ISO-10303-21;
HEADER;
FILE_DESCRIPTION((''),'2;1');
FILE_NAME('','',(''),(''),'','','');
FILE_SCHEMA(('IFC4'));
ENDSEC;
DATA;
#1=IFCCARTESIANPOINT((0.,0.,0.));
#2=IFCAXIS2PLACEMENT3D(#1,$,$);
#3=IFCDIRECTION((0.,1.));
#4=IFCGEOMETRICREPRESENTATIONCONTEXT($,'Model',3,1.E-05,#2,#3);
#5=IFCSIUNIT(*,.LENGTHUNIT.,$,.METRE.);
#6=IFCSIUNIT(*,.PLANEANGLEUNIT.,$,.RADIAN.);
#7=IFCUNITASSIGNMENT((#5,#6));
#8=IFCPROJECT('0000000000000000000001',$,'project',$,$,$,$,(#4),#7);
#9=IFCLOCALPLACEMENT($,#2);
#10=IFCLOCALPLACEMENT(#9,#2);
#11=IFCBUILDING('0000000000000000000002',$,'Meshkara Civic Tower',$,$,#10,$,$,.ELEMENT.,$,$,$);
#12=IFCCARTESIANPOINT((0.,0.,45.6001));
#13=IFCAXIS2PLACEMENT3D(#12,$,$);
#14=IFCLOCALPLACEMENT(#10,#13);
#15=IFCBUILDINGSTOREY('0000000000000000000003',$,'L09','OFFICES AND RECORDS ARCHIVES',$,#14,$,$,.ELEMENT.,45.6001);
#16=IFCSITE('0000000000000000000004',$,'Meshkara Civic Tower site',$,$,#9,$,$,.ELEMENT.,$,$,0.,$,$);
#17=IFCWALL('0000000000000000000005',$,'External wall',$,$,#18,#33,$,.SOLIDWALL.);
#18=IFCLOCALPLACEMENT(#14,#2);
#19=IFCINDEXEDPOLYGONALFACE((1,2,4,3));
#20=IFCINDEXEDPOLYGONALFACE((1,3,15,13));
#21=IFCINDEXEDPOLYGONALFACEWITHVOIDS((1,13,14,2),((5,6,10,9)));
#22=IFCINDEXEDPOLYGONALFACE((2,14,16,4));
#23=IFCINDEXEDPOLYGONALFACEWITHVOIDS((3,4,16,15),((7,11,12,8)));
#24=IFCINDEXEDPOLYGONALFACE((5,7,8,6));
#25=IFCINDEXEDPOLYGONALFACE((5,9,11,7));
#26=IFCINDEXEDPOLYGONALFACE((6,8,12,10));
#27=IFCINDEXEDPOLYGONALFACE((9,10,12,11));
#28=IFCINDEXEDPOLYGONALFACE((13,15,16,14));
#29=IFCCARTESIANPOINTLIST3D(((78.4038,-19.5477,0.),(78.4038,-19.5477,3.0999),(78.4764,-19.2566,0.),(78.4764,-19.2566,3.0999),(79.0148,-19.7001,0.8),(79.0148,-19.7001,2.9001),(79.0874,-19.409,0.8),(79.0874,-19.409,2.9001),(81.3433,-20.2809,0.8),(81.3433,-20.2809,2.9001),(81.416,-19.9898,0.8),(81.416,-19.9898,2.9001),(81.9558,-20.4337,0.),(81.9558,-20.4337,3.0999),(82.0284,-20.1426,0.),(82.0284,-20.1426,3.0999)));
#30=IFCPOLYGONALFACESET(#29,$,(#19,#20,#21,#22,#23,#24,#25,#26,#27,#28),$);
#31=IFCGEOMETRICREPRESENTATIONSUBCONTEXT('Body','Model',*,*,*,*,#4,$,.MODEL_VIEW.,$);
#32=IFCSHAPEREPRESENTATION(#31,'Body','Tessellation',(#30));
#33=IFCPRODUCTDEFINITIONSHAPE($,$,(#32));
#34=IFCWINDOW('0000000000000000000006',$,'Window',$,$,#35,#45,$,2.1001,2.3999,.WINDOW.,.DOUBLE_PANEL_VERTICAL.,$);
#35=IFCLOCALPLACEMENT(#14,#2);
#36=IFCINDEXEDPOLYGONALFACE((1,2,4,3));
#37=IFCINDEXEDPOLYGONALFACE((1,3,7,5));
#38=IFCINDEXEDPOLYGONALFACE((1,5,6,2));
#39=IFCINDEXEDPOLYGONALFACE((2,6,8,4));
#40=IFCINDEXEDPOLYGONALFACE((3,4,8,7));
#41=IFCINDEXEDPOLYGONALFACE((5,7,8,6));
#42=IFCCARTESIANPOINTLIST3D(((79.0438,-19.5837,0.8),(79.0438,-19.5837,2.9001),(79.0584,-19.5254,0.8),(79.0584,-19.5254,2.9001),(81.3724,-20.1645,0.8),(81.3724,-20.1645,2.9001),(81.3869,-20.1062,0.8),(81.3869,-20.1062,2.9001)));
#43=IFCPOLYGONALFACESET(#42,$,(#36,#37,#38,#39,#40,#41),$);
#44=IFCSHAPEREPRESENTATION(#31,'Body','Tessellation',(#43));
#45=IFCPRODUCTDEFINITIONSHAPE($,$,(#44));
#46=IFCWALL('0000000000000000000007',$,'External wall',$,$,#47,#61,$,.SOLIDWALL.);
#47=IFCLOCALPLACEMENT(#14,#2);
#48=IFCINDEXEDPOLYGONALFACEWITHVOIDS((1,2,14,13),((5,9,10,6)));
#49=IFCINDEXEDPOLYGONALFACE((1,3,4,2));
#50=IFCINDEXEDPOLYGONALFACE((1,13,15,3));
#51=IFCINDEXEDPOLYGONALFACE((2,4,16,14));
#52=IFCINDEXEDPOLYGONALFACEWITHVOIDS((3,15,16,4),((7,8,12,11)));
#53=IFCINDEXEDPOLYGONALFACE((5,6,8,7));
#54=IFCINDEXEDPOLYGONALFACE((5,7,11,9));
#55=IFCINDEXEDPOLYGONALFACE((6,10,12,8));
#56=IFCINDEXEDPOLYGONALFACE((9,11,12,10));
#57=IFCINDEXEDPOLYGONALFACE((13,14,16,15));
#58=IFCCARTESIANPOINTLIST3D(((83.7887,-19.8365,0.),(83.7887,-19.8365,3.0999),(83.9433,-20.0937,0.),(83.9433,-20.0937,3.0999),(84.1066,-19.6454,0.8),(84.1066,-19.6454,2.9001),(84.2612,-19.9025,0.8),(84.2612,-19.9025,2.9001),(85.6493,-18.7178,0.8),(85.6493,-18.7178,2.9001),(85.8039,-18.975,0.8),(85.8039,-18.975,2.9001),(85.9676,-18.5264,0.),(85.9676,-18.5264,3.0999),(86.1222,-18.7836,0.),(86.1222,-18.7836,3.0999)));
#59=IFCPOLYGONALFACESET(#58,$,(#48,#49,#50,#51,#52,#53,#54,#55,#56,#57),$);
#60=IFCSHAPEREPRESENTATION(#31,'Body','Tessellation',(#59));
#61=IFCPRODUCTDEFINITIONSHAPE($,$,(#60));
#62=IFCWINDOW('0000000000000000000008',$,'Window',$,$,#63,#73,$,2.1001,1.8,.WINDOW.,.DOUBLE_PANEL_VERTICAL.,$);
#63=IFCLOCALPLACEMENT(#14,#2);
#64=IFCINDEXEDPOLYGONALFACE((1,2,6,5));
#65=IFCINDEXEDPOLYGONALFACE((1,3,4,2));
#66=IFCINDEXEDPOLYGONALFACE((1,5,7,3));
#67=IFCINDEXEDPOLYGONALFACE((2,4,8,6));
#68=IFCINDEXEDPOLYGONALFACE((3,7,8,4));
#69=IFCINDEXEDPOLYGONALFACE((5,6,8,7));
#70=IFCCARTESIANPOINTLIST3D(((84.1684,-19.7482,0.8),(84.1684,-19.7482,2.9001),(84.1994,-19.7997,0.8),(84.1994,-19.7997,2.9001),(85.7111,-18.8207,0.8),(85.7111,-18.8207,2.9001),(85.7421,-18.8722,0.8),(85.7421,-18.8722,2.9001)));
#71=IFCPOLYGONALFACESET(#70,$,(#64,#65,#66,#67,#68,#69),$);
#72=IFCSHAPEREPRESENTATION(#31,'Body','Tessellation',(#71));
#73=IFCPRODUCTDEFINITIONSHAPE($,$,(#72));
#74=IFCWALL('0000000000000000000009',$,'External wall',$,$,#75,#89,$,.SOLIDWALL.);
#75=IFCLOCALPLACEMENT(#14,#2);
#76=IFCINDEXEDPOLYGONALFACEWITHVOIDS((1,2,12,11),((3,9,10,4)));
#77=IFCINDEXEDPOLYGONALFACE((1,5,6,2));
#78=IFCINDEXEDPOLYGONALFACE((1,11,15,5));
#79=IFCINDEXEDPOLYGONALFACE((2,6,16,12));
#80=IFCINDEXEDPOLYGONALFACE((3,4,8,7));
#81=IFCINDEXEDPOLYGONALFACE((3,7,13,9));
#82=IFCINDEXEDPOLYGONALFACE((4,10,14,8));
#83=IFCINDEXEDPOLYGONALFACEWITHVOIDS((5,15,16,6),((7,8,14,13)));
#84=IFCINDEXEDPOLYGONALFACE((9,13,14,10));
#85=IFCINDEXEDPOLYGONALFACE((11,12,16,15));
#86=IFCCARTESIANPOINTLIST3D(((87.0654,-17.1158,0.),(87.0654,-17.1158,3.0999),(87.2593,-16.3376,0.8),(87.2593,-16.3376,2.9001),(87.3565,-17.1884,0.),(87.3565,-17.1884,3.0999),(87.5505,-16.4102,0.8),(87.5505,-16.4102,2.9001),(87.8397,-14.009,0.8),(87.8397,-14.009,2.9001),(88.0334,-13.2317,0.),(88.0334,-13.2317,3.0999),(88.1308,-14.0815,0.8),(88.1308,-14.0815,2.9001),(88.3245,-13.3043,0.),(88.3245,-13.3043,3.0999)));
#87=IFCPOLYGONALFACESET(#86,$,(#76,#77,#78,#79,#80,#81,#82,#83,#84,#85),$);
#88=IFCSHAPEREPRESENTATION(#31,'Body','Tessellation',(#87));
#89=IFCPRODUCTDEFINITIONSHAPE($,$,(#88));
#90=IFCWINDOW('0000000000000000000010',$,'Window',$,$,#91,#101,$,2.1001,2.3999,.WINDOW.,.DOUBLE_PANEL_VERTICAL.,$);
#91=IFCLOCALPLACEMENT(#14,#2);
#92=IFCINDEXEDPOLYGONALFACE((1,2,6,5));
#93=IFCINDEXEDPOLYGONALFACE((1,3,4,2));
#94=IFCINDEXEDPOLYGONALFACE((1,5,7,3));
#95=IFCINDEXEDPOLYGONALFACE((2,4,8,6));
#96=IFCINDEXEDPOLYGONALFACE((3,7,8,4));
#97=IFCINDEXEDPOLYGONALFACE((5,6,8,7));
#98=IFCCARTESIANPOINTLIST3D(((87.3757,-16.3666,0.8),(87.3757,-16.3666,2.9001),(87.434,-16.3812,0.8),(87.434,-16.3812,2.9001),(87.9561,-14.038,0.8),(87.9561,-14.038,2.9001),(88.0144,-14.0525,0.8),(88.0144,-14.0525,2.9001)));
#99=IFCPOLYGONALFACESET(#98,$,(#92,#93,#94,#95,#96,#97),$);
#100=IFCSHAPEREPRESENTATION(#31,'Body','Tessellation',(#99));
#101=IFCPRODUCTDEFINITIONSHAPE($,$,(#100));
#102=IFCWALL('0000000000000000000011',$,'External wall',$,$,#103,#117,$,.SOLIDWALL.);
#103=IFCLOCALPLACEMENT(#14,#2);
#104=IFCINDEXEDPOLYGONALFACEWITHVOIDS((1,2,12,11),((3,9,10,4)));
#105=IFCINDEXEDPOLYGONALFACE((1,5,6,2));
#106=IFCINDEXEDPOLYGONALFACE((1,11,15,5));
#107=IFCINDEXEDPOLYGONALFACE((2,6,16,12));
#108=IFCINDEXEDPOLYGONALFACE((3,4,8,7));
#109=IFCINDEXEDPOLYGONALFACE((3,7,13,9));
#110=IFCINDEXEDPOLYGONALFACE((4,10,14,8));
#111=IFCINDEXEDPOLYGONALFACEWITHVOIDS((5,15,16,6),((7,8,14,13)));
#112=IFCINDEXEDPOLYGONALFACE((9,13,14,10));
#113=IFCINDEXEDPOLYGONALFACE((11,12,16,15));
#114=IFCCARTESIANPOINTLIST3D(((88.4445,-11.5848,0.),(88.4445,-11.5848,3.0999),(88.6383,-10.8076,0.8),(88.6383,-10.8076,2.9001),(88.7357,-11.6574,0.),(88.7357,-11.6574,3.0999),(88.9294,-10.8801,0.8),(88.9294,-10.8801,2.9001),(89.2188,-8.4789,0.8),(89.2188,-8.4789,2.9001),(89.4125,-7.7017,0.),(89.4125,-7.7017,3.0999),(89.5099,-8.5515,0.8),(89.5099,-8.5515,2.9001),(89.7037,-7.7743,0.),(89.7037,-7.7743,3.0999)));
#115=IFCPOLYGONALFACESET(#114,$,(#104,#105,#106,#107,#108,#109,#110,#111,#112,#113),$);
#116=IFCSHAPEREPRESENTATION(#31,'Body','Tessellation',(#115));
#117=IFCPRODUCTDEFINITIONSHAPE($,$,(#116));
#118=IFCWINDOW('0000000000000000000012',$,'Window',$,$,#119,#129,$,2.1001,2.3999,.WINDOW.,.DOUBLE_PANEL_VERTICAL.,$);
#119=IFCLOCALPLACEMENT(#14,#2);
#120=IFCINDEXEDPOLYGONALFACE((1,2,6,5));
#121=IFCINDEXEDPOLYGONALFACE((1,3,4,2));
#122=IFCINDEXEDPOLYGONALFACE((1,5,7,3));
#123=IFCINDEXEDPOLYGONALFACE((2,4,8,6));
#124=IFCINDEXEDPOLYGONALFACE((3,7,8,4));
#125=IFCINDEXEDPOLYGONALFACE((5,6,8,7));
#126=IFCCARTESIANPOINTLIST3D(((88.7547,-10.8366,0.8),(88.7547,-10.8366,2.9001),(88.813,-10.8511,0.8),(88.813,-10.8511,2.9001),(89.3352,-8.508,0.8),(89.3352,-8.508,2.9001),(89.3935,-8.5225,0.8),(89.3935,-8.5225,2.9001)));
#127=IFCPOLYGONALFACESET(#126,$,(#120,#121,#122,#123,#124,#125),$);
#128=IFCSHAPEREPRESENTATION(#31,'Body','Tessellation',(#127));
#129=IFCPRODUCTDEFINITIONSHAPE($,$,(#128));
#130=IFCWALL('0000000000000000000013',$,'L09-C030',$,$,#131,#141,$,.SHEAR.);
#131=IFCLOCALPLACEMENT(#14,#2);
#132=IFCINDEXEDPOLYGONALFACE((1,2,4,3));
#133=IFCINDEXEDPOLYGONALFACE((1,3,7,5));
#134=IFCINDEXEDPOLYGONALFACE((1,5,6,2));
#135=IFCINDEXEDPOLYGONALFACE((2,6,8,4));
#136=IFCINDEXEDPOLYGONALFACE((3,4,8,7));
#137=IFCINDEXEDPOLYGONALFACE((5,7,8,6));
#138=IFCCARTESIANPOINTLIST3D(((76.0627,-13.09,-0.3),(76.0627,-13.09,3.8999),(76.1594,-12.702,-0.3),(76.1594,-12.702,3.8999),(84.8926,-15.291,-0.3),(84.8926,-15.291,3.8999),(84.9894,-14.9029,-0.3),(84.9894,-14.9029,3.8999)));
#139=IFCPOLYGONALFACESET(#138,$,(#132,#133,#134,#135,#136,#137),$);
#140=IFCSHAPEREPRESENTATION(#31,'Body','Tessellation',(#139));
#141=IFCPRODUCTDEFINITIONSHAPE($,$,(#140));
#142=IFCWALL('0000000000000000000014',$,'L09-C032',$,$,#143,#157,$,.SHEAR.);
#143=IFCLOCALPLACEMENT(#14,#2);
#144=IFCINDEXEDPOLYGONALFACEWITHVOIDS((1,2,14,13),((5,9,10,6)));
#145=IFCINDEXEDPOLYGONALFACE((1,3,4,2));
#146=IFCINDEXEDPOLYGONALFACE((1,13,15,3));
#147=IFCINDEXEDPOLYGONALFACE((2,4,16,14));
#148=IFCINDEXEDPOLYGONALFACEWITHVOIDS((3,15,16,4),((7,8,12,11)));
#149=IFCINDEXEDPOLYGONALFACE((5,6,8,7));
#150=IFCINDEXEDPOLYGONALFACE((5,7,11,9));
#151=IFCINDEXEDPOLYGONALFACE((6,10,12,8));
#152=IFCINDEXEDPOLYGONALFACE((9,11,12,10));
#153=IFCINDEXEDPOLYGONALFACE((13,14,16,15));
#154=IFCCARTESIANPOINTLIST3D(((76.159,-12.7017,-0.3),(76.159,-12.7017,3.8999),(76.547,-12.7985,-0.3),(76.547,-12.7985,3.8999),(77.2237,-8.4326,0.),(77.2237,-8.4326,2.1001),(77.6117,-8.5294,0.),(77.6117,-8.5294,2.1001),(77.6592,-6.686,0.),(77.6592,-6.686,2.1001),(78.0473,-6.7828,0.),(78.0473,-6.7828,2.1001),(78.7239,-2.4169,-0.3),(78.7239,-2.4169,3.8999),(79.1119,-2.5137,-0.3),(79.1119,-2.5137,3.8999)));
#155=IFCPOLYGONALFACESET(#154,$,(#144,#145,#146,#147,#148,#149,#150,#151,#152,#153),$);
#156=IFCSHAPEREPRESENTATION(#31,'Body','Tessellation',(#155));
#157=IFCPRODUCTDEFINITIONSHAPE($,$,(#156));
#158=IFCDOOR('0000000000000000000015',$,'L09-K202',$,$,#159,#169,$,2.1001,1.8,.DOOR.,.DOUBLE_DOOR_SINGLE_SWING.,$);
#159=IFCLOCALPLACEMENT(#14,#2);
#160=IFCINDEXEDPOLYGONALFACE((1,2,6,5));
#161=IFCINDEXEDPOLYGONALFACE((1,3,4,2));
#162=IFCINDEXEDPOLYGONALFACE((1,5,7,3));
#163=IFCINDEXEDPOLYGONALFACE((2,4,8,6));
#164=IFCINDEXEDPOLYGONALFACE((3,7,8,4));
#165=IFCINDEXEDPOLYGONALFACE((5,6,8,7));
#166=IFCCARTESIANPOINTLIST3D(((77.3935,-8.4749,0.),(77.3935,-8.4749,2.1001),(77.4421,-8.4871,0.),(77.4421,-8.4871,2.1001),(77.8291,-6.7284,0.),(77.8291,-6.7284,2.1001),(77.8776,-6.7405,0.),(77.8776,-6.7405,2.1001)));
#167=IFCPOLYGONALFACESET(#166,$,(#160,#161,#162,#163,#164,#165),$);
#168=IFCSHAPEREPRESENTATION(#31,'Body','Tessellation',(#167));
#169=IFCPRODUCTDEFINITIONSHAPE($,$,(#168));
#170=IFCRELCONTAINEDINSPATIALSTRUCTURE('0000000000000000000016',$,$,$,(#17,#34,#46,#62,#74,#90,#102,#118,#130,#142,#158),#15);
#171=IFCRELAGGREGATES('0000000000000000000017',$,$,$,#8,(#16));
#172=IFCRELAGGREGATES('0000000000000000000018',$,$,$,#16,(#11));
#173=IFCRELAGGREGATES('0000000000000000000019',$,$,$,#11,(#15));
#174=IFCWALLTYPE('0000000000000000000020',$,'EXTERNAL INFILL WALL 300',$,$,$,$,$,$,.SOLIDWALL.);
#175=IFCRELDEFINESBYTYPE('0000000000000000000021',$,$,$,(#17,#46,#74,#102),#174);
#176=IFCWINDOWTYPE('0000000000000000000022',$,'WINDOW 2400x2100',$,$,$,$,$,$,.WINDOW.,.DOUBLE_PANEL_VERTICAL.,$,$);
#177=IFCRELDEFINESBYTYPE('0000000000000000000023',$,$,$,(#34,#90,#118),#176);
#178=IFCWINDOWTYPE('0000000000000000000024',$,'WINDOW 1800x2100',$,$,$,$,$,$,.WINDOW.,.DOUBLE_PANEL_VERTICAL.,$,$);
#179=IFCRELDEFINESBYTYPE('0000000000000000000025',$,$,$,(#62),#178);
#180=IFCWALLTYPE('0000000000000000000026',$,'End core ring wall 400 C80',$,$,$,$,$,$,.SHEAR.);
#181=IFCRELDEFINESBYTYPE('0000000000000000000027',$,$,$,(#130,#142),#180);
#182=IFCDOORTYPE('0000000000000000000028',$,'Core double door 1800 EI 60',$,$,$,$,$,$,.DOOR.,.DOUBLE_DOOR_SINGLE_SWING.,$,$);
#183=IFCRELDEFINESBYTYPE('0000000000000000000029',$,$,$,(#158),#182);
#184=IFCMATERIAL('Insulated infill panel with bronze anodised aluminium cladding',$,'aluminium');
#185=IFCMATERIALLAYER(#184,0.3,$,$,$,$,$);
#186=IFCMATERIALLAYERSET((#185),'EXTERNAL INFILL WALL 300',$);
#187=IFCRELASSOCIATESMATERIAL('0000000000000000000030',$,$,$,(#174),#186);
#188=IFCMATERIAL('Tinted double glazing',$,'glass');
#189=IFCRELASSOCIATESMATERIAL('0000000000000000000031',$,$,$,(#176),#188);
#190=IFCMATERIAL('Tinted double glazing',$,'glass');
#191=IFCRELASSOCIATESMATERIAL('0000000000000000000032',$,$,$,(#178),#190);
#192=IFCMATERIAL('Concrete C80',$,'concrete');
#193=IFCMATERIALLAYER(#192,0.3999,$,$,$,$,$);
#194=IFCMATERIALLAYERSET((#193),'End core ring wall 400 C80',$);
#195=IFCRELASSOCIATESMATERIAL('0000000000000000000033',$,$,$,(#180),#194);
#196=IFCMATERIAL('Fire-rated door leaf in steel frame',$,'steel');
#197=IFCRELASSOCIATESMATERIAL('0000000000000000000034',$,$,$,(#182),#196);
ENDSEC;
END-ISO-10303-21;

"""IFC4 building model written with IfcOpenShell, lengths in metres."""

from ifc_helpers import new_model, si_unit, direction, frame, frame_2d, origin, place, context, subcontext, project, spatial, rectangle, extrude, material, layer, layer_set, type_object, element, fill, save


model = new_model("IFC4")

# Units and contexts
model_context = context("Model", 3, precision=1e-05, world=origin(), true_north=direction((0.0, 1.0)))
body_context = subcontext(model_context, "Body", "Model", "MODEL_VIEW")
ifc_project = project(units=[si_unit("LENGTHUNIT", "METRE"), si_unit("PLANEANGLEUNIT", "RADIAN")], contexts=[model_context])

# Site, building, storey
site_placement = place(None, origin())
site = spatial("IfcSite", under=ifc_project, at=site_placement, Name="Meshkara Civic Tower site", CompositionType="ELEMENT", RefElevation=0.0)
building_placement = place(site_placement, origin())
building = spatial("IfcBuilding", under=site, at=building_placement, Name="Meshkara Civic Tower", CompositionType="ELEMENT")
storey_placement = place(building_placement, frame((0.0, 0.0, 45.6001)))
storey = spatial("IfcBuildingStorey", under=building, at=storey_placement, Name="L09", Description="OFFICES AND RECORDS ARCHIVES", CompositionType="ELEMENT", Elevation=45.6001)

# Walls, openings, windows
ifc_material_1 = material(Name="Insulated infill panel with bronze anodised aluminium cladding", Category="aluminium")
ifc_layer_1 = layer(ifc_material_1, 0.3)
ifc_layer_set_1 = layer_set([ifc_layer_1], Name="EXTERNAL INFILL WALL 300")
wall_type_1 = type_object("IfcWallType", Name="EXTERNAL INFILL WALL 300", PredefinedType="SOLIDWALL", material=ifc_layer_set_1)
wall_1_placement = place(storey_placement, frame((78.4399, -19.4021, 0.0), z_axis=(0.0, 0.0, 1.0), x_axis=(0.970272, -0.242018, 0.0)))
wall_1 = element("IfcWall", 1, at=wall_1_placement, inside=storey, type_object=wall_type_1, Name="External wall", PredefinedType="SOLIDWALL", context=body_context, shape_type="SweptSolid", body=[
    extrude(rectangle(XDim=3.6609, YDim=0.3, at=frame_2d((1.8306, 0.0))), origin(), (0.0, 0.0, 1.0), 3.0999),
])
opening_1_placement = place(wall_1_placement, frame((0.6299, 0.0, 0.8)))
opening_1 = element("IfcOpeningElement", 2, at=opening_1_placement, cuts=wall_1, PredefinedType="OPENING", context=body_context, shape_type="SweptSolid", body=[
    extrude(rectangle(XDim=2.3999, YDim=2.1001, at=frame_2d((1.2, 1.05))), frame((0.0, 0.1599, 0.0), z_axis=(0.0, -1.0, 0.0), x_axis=(1.0, 0.0, 0.0)), (0.0, 0.0, 1.0), 0.3201),
])
ifc_material_2 = material(Name="Tinted double glazing", Category="glass")
window_type_1 = type_object("IfcWindowType", Name="WINDOW 2400x2100", PartitioningType="DOUBLE_PANEL_VERTICAL", PredefinedType="WINDOW", material=ifc_material_2)
window_1_placement = place(opening_1_placement, origin())
window_1 = element("IfcWindow", 3, at=window_1_placement, inside=storey, type_object=window_type_1, Name="Window", OverallHeight=2.1001, OverallWidth=2.3999, PartitioningType="DOUBLE_PANEL_VERTICAL", PredefinedType="WINDOW", context=body_context, shape_type="SweptSolid", body=[
    extrude(rectangle(XDim=2.3999, YDim=2.1001, at=frame_2d((1.2, 1.05))), frame((0.0, 0.03, 0.0), z_axis=(0.0, -1.0, 0.0), x_axis=(1.0, 0.0, 0.0)), (0.0, 0.0, 1.0), 0.0601),
])
fill(opening_1, window_1)
wall_2_placement = place(storey_placement, frame((83.866, -19.9651, 0.0), z_axis=(0.0, 0.0, 1.0), x_axis=(0.857027, 0.515272, 0.0)))
wall_2 = element("IfcWall", 4, at=wall_2_placement, inside=storey, type_object=wall_type_1, Name="External wall", PredefinedType="SOLIDWALL", context=body_context, shape_type="SweptSolid", body=[
    extrude(rectangle(XDim=2.5425, YDim=0.3, at=frame_2d((1.2712, 0.0))), origin(), (0.0, 0.0, 1.0), 3.0999),
])
opening_2_placement = place(wall_2_placement, frame((0.3711, 0.0, 0.8)))
opening_2 = element("IfcOpeningElement", 5, at=opening_2_placement, cuts=wall_2, PredefinedType="OPENING", context=body_context, shape_type="SweptSolid", body=[
    extrude(rectangle(XDim=1.8, YDim=2.1001, at=frame_2d((0.8999, 1.05))), frame((0.0, 0.1599, 0.0), z_axis=(0.0, -1.0, 0.0), x_axis=(1.0, 0.0, 0.0)), (0.0, 0.0, 1.0), 0.3201),
])
ifc_material_3 = material(Name="Tinted double glazing", Category="glass")
window_type_2 = type_object("IfcWindowType", Name="WINDOW 1800x2100", PartitioningType="DOUBLE_PANEL_VERTICAL", PredefinedType="WINDOW", material=ifc_material_3)
window_2_placement = place(opening_2_placement, origin())
window_2 = element("IfcWindow", 6, at=window_2_placement, inside=storey, type_object=window_type_2, Name="Window", OverallHeight=2.1001, OverallWidth=1.8, PartitioningType="DOUBLE_PANEL_VERTICAL", PredefinedType="WINDOW", context=body_context, shape_type="SweptSolid", body=[
    extrude(rectangle(XDim=1.8, YDim=2.1001, at=frame_2d((0.8999, 1.05))), frame((0.0, 0.03, 0.0), z_axis=(0.0, -1.0, 0.0), x_axis=(1.0, 0.0, 0.0)), (0.0, 0.0, 1.0), 0.0601),
])
fill(opening_2, window_2)
wall_3_placement = place(storey_placement, frame((87.2109, -17.1521, 0.0), z_axis=(0.0, 0.0, 1.0), x_axis=(0.241832, 0.970318, 0.0)))
wall_3 = element("IfcWall", 7, at=wall_3_placement, inside=storey, type_object=wall_type_1, Name="External wall", PredefinedType="SOLIDWALL", context=body_context, shape_type="SweptSolid", body=[
    extrude(rectangle(XDim=4.0029, YDim=0.3, at=frame_2d((2.0015, 0.0))), origin(), (0.0, 0.0, 1.0), 3.0999),
])
opening_3_placement = place(wall_3_placement, frame((0.802, 0.0, 0.8)))
opening_3 = element("IfcOpeningElement", 8, at=opening_3_placement, cuts=wall_3, PredefinedType="OPENING", context=body_context, shape_type="SweptSolid", body=[
    extrude(rectangle(XDim=2.3999, YDim=2.1001, at=frame_2d((1.2, 1.05))), frame((0.0, 0.1599, 0.0), z_axis=(0.0, -1.0, 0.0), x_axis=(1.0, 0.0, 0.0)), (0.0, 0.0, 1.0), 0.3201),
])
window_3_placement = place(opening_3_placement, origin())
window_3 = element("IfcWindow", 9, at=window_3_placement, inside=storey, type_object=window_type_1, Name="Window", OverallHeight=2.1001, OverallWidth=2.3999, PartitioningType="DOUBLE_PANEL_VERTICAL", PredefinedType="WINDOW", context=body_context, shape_type="SweptSolid", body=[
    extrude(rectangle(XDim=2.3999, YDim=2.1001, at=frame_2d((1.2, 1.05))), frame((0.0, 0.03, 0.0), z_axis=(0.0, -1.0, 0.0), x_axis=(1.0, 0.0, 0.0)), (0.0, 0.0, 1.0), 0.0601),
])
fill(opening_3, window_3)
wall_4_placement = place(storey_placement, frame((88.5901, -11.6211, 0.0), z_axis=(0.0, 0.0, 1.0), x_axis=(0.24189, 0.970304, 0.0)))
wall_4 = element("IfcWall", 10, at=wall_4_placement, inside=storey, type_object=wall_type_1, Name="External wall", PredefinedType="SOLIDWALL", context=body_context, shape_type="SweptSolid", body=[
    extrude(rectangle(XDim=4.002, YDim=0.3, at=frame_2d((2.001, 0.0))), origin(), (0.0, 0.0, 1.0), 3.0999),
])
opening_4_placement = place(wall_4_placement, frame((0.801, 0.0, 0.8)))
opening_4 = element("IfcOpeningElement", 11, at=opening_4_placement, cuts=wall_4, PredefinedType="OPENING", context=body_context, shape_type="SweptSolid", body=[
    extrude(rectangle(XDim=2.3999, YDim=2.1001, at=frame_2d((1.2, 1.05))), frame((0.0, 0.1599, 0.0), z_axis=(0.0, -1.0, 0.0), x_axis=(1.0, 0.0, 0.0)), (0.0, 0.0, 1.0), 0.3201),
])
window_4_placement = place(opening_4_placement, origin())
window_4 = element("IfcWindow", 12, at=window_4_placement, inside=storey, type_object=window_type_1, Name="Window", OverallHeight=2.1001, OverallWidth=2.3999, PartitioningType="DOUBLE_PANEL_VERTICAL", PredefinedType="WINDOW", context=body_context, shape_type="SweptSolid", body=[
    extrude(rectangle(XDim=2.3999, YDim=2.1001, at=frame_2d((1.2, 1.05))), frame((0.0, 0.03, 0.0), z_axis=(0.0, -1.0, 0.0), x_axis=(1.0, 0.0, 0.0)), (0.0, 0.0, 1.0), 0.0601),
])
fill(opening_4, window_4)

# Wall
ifc_material_4 = material(Name="Concrete C80", Category="concrete")
ifc_layer_2 = layer(ifc_material_4, 0.3999)
ifc_layer_set_2 = layer_set([ifc_layer_2], Name="End core ring wall 400 C80")
wall_type_2 = type_object("IfcWallType", Name="End core ring wall 400 C80", PredefinedType="SHEAR", material=ifc_layer_set_2)
wall_5_placement = place(storey_placement, frame((76.1111, -12.896, -0.3), z_axis=(0.0, 0.0, 1.0), x_axis=(0.970311, -0.24186, 0.0)))
element("IfcWall", 13, at=wall_5_placement, inside=storey, type_object=wall_type_2, Name="L09-C030", PredefinedType="SHEAR", context=body_context, shape_type="SweptSolid", body=[
    extrude(rectangle(XDim=9.1001, YDim=0.3999, at=frame_2d((4.55, 0.0))), origin(), (0.0, 0.0, 1.0), 4.2),
])

# Wall, opening, door
wall_6_placement = place(storey_placement, frame((76.353, -12.75, -0.3), z_axis=(0.0, 0.0, 1.0), x_axis=(0.241977, 0.970282, 0.0)))
wall_6 = element("IfcWall", 14, at=wall_6_placement, inside=storey, type_object=wall_type_2, Name="L09-C032", PredefinedType="SHEAR", context=body_context, shape_type="SweptSolid", body=[
    extrude(rectangle(XDim=10.5999, YDim=0.3999, at=frame_2d((5.2998, 0.0))), origin(), (0.0, 0.0, 1.0), 4.2),
])
opening_5_placement = place(wall_6_placement, frame((4.3999, 0.0, 0.3)))
opening_5 = element("IfcOpeningElement", 15, at=opening_5_placement, cuts=wall_6, PredefinedType="OPENING", context=body_context, shape_type="SweptSolid", body=[
    extrude(rectangle(XDim=1.8, YDim=2.1001, at=frame_2d((0.8999, 1.05))), frame((0.0, 0.21, 0.0), z_axis=(0.0, -1.0, 0.0), x_axis=(1.0, 0.0, 0.0)), (0.0, 0.0, 1.0), 0.4199),
])
ifc_material_5 = material(Name="Fire-rated door leaf in steel frame", Category="steel")
door_type_1 = type_object("IfcDoorType", Name="Core double door 1800 EI 60", OperationType="DOUBLE_DOOR_SINGLE_SWING", PredefinedType="DOOR", material=ifc_material_5)
door_1_placement = place(opening_5_placement, origin())
door_1 = element("IfcDoor", 16, at=door_1_placement, inside=storey, type_object=door_type_1, Name="L09-K202", OperationType="DOUBLE_DOOR_SINGLE_SWING", OverallHeight=2.1001, OverallWidth=1.8, PredefinedType="DOOR", context=body_context, shape_type="SweptSolid", body=[
    extrude(rectangle(XDim=1.8, YDim=2.1001, at=frame_2d((0.8999, 1.05))), frame((0.0, 0.0249, 0.0), z_axis=(0.0, -1.0, 0.0), x_axis=(1.0, 0.0, 0.0)), (0.0, 0.0, 1.0), 0.05),
])
fill(opening_5, door_1)

save(model, "model.ifc")
